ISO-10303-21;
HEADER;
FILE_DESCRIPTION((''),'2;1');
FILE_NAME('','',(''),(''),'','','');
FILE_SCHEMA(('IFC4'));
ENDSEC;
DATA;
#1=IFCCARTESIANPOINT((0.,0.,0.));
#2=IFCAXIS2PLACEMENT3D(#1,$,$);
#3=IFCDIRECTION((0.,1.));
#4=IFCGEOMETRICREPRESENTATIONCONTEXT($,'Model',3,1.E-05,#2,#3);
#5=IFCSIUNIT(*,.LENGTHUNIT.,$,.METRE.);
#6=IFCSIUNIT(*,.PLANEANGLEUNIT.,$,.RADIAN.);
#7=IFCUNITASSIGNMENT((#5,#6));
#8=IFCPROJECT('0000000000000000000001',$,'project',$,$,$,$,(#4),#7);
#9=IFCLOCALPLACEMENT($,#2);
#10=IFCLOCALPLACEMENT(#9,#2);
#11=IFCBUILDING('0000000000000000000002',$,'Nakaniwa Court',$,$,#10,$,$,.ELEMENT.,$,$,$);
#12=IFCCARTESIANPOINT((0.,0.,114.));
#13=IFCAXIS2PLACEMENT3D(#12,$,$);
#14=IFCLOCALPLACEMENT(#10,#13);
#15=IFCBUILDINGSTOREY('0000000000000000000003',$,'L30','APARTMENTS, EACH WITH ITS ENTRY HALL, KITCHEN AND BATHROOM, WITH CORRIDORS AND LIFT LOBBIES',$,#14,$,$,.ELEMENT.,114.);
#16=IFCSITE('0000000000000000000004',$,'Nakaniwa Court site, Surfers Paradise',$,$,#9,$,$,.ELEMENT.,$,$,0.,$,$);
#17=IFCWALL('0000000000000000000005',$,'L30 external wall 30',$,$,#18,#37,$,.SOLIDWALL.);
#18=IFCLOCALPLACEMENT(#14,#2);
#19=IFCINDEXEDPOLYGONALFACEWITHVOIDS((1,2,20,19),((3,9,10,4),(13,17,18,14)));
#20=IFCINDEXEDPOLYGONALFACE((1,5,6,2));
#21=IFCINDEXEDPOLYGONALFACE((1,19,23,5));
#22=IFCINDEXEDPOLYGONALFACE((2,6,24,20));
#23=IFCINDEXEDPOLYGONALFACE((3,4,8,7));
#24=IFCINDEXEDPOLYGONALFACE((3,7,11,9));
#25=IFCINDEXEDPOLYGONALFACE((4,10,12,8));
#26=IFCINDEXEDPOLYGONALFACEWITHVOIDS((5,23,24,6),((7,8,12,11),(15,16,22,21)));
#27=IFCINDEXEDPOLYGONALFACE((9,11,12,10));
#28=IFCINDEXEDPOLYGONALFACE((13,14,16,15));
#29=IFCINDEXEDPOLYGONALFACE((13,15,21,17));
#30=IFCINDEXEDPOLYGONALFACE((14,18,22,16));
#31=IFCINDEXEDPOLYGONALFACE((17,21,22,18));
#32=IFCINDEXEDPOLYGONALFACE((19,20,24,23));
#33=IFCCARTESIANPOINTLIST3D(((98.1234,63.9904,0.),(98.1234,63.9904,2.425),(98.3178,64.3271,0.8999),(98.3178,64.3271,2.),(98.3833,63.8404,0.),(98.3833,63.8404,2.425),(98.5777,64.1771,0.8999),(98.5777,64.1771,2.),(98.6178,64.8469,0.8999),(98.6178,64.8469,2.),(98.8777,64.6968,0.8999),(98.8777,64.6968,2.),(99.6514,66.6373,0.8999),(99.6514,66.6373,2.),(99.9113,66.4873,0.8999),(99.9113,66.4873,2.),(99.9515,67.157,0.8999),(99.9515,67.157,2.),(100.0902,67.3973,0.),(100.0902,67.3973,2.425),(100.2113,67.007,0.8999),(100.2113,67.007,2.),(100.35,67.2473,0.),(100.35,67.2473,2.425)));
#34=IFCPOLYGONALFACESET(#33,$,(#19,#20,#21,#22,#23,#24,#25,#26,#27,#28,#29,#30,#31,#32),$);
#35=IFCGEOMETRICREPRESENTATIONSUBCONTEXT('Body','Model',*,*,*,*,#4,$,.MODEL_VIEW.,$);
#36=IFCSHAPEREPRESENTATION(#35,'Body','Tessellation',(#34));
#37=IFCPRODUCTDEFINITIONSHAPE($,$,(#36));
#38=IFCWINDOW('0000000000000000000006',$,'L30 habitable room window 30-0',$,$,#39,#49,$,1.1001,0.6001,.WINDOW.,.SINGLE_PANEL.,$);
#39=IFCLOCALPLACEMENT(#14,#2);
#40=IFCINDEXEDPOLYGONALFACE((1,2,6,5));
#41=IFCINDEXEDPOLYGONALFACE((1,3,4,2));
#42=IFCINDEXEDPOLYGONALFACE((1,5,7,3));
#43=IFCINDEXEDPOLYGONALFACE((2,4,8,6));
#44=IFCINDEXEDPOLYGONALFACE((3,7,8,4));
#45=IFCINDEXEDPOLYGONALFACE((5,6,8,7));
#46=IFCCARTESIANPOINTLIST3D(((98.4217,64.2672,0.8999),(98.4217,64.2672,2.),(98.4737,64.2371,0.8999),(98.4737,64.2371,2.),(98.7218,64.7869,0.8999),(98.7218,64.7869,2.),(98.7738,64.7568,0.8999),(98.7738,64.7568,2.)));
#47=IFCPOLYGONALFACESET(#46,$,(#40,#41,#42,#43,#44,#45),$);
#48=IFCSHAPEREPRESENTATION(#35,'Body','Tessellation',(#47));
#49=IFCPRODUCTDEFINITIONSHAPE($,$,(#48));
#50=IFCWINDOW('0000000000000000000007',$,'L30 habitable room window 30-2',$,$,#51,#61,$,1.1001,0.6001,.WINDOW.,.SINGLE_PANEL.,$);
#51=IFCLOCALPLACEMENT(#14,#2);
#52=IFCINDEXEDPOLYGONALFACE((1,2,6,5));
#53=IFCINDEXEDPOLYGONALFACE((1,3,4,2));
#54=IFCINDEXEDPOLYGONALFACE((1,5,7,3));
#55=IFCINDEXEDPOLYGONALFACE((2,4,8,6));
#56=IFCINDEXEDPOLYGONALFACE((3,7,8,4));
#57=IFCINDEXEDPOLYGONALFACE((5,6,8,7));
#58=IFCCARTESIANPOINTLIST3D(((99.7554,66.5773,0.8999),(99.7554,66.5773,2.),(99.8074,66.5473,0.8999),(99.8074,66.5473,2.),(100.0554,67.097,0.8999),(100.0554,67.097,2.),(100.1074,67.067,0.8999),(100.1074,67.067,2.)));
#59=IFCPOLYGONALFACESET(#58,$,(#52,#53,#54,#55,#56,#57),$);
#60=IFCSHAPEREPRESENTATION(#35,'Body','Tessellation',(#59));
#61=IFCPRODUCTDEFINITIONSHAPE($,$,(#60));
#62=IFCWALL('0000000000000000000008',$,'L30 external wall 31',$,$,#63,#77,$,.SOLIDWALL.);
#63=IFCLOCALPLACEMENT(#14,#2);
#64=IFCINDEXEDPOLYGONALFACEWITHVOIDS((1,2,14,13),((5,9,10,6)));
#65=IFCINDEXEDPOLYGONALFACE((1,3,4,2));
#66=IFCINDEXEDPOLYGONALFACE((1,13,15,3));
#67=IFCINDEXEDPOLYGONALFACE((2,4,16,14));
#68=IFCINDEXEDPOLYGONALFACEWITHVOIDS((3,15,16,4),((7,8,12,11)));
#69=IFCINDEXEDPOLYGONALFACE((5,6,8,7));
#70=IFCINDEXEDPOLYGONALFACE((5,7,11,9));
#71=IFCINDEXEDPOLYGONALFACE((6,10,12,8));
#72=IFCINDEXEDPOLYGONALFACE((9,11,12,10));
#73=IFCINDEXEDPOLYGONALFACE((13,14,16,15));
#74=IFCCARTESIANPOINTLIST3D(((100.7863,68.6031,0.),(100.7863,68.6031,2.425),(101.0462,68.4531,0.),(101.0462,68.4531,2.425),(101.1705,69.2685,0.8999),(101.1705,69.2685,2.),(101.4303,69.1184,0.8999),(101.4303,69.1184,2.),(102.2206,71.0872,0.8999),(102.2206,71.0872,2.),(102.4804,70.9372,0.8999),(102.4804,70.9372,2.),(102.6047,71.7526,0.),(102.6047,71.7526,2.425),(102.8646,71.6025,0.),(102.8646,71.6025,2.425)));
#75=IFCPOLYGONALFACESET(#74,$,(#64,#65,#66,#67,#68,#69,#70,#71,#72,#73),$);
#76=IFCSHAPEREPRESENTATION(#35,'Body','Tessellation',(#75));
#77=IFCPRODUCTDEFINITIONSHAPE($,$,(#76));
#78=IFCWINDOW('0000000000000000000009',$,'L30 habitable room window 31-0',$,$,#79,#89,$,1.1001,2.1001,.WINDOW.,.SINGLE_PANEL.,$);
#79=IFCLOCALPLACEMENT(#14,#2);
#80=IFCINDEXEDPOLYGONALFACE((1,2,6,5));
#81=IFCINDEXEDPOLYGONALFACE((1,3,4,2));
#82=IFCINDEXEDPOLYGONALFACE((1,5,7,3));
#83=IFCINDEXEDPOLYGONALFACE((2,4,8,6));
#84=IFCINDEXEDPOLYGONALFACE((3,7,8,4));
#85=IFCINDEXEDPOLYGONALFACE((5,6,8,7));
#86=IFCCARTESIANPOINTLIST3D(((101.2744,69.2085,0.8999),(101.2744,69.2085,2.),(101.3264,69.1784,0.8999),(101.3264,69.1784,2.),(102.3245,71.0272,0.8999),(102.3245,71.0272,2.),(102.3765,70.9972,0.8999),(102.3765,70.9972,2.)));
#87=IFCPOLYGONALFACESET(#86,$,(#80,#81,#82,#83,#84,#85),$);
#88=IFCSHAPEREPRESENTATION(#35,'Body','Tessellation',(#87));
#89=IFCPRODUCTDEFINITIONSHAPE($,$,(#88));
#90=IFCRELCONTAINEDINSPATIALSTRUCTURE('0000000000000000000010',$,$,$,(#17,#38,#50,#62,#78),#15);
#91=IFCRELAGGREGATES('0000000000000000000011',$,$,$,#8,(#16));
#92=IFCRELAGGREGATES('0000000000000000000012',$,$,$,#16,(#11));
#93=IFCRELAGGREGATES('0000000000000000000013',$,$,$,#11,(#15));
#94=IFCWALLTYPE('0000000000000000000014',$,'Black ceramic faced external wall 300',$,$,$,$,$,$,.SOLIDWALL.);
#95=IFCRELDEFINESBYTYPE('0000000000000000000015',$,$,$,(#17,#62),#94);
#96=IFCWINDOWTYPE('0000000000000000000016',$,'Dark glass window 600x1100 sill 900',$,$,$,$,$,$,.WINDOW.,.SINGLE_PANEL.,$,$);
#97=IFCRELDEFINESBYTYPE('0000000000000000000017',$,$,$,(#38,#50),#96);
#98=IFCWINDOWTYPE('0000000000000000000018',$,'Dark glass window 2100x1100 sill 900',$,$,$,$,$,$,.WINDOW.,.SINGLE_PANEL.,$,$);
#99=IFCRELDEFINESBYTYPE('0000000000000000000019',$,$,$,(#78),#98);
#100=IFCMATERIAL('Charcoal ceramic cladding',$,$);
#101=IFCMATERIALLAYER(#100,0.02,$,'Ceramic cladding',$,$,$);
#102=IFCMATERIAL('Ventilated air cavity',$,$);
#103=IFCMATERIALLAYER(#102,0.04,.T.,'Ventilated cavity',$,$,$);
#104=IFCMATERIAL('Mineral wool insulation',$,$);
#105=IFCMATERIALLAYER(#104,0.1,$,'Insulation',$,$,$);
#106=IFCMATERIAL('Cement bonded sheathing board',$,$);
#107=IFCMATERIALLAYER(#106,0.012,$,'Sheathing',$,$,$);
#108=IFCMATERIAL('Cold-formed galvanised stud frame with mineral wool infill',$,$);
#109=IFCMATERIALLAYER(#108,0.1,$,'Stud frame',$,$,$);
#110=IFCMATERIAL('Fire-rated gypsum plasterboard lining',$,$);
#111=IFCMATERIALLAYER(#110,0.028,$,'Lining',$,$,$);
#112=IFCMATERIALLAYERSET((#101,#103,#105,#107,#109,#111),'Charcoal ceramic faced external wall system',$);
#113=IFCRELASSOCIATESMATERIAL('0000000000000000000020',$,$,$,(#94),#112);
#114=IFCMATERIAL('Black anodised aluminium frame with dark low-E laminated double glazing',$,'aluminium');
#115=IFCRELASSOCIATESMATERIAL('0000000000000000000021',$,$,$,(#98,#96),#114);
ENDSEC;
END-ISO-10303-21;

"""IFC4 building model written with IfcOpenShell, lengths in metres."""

from ifc_helpers import new_model, si_unit, direction, frame, frame_2d, origin, place, context, subcontext, project, spatial, rectangle, extrude, material, layer, layer_set, type_object, element, fill, save


model = new_model("IFC4")

# Units and contexts
model_context = context("Model", 3, precision=1e-05, world=origin(), true_north=direction((0.0, 1.0)))
body_context = subcontext(model_context, "Body", "Model", "MODEL_VIEW")
ifc_project = project(units=[si_unit("LENGTHUNIT", "METRE"), si_unit("PLANEANGLEUNIT", "RADIAN")], contexts=[model_context])

# Site, building, storey
site_placement = place(None, origin())
site = spatial("IfcSite", under=ifc_project, at=site_placement, Name="Nakaniwa Court site, Surfers Paradise", CompositionType="ELEMENT", RefElevation=0.0)
building_placement = place(site_placement, origin())
building = spatial("IfcBuilding", under=site, at=building_placement, Name="Nakaniwa Court", CompositionType="ELEMENT")
storey_placement = place(building_placement, frame((0.0, 0.0, 114.0)))
storey = spatial("IfcBuildingStorey", under=building, at=storey_placement, Name="L30", Description="APARTMENTS, EACH WITH ITS ENTRY HALL, KITCHEN AND BATHROOM, WITH CORRIDORS AND LIFT LOBBIES", CompositionType="ELEMENT", Elevation=114.0)

# Shared definitions
ifc_material_1 = material(Name="Charcoal ceramic cladding")
ifc_layer_1 = layer(ifc_material_1, 0.02, Name="Ceramic cladding")
ifc_material_2 = material(Name="Ventilated air cavity")
ifc_layer_2 = layer(ifc_material_2, 0.04, ventilated=True, Name="Ventilated cavity")
ifc_material_3 = material(Name="Mineral wool insulation")
ifc_layer_3 = layer(ifc_material_3, 0.1, Name="Insulation")
ifc_material_4 = material(Name="Cement bonded sheathing board")
ifc_layer_4 = layer(ifc_material_4, 0.012, Name="Sheathing")
ifc_material_5 = material(Name="Cold-formed galvanised stud frame with mineral wool infill")
ifc_layer_5 = layer(ifc_material_5, 0.1, Name="Stud frame")
ifc_material_6 = material(Name="Fire-rated gypsum plasterboard lining")
ifc_layer_6 = layer(ifc_material_6, 0.028, Name="Lining")
ifc_layer_set_1 = layer_set([ifc_layer_1, ifc_layer_2, ifc_layer_3, ifc_layer_4, ifc_layer_5, ifc_layer_6], Name="Charcoal ceramic faced external wall system")
wall_type_1 = type_object("IfcWallType", Name="Black ceramic faced external wall 300", PredefinedType="SOLIDWALL", material=ifc_layer_set_1)
ifc_material_7 = material(Name="Black anodised aluminium frame with dark low-E laminated double glazing", Category="aluminium")
window_type_1 = type_object("IfcWindowType", Name="Dark glass window 2100x1100 sill 900", PartitioningType="SINGLE_PANEL", PredefinedType="WINDOW", material=ifc_material_7)

# Wall, openings, windows
wall_1_placement = place(storey_placement, frame((98.2534, 63.9155, 0.0), z_axis=(0.0, 0.0, 1.0), x_axis=(0.499957, 0.86605, 0.0)))
wall_1 = element("IfcWall", 1, at=wall_1_placement, inside=storey, type_object=wall_type_1, Name="L30 external wall 30", PredefinedType="SOLIDWALL", context=body_context, shape_type="SweptSolid", body=[
    extrude(rectangle(XDim=3.9338, YDim=0.3, at=frame_2d((1.9668, 0.0))), origin(), (0.0, 0.0, 1.0), 2.425),
])
opening_1_placement = place(wall_1_placement, frame((0.3887, 0.0, 0.8999)))
opening_1 = element("IfcOpeningElement", 2, at=opening_1_placement, cuts=wall_1, PredefinedType="OPENING", context=body_context, shape_type="SweptSolid", body=[
    extrude(rectangle(XDim=0.6001, YDim=1.1001, at=frame_2d((0.3, 0.55))), frame((0.0, 0.1599, 0.0), z_axis=(0.0, -1.0, 0.0), x_axis=(1.0, 0.0, 0.0)), (0.0, 0.0, 1.0), 0.3201),
])
opening_2_placement = place(wall_1_placement, frame((3.0562, 0.0, 0.8999)))
opening_2 = element("IfcOpeningElement", 3, at=opening_2_placement, cuts=wall_1, PredefinedType="OPENING", context=body_context, shape_type="SweptSolid", body=[
    extrude(rectangle(XDim=0.6001, YDim=1.1001, at=frame_2d((0.3, 0.55))), frame((0.0, 0.1599, 0.0), z_axis=(0.0, -1.0, 0.0), x_axis=(1.0, 0.0, 0.0)), (0.0, 0.0, 1.0), 0.3201),
])
window_type_2 = type_object("IfcWindowType", Name="Dark glass window 600x1100 sill 900", PartitioningType="SINGLE_PANEL", PredefinedType="WINDOW", material=ifc_material_7)
window_1_placement = place(opening_1_placement, origin())
window_1 = element("IfcWindow", 4, at=window_1_placement, inside=storey, type_object=window_type_2, Name="L30 habitable room window 30-0", OverallHeight=1.1001, OverallWidth=0.6001, PartitioningType="SINGLE_PANEL", PredefinedType="WINDOW", context=body_context, shape_type="SweptSolid", body=[
    extrude(rectangle(XDim=0.6001, YDim=1.1001, at=frame_2d((0.3, 0.55))), frame((0.0, 0.03, 0.0), z_axis=(0.0, -1.0, 0.0), x_axis=(1.0, 0.0, 0.0)), (0.0, 0.0, 1.0), 0.0601),
])
fill(opening_1, window_1)
window_2_placement = place(opening_2_placement, origin())
window_2 = element("IfcWindow", 5, at=window_2_placement, inside=storey, type_object=window_type_2, Name="L30 habitable room window 30-2", OverallHeight=1.1001, OverallWidth=0.6001, PartitioningType="SINGLE_PANEL", PredefinedType="WINDOW", context=body_context, shape_type="SweptSolid", body=[
    extrude(rectangle(XDim=0.6001, YDim=1.1001, at=frame_2d((0.3, 0.55))), frame((0.0, 0.03, 0.0), z_axis=(0.0, -1.0, 0.0), x_axis=(1.0, 0.0, 0.0)), (0.0, 0.0, 1.0), 0.0601),
])
fill(opening_2, window_2)

# Wall, opening, window
wall_2_placement = place(storey_placement, frame((100.9163, 68.5281, 0.0), z_axis=(0.0, 0.0, 1.0), x_axis=(0.500009, 0.86602, 0.0)))
wall_2 = element("IfcWall", 6, at=wall_2_placement, inside=storey, type_object=wall_type_1, Name="L30 external wall 31", PredefinedType="SOLIDWALL", context=body_context, shape_type="SweptSolid", body=[
    extrude(rectangle(XDim=3.6367, YDim=0.3, at=frame_2d((1.8184, 0.0))), origin(), (0.0, 0.0, 1.0), 2.425),
])
opening_3_placement = place(wall_2_placement, frame((0.7683, 0.0, 0.8999)))
opening_3 = element("IfcOpeningElement", 7, at=opening_3_placement, cuts=wall_2, PredefinedType="OPENING", context=body_context, shape_type="SweptSolid", body=[
    extrude(rectangle(XDim=2.1001, YDim=1.1001, at=frame_2d((1.05, 0.55))), frame((0.0, 0.1599, 0.0), z_axis=(0.0, -1.0, 0.0), x_axis=(1.0, 0.0, 0.0)), (0.0, 0.0, 1.0), 0.3201),
])
window_3_placement = place(opening_3_placement, origin())
window_3 = element("IfcWindow", 8, at=window_3_placement, inside=storey, type_object=window_type_1, Name="L30 habitable room window 31-0", OverallHeight=1.1001, OverallWidth=2.1001, PartitioningType="SINGLE_PANEL", PredefinedType="WINDOW", context=body_context, shape_type="SweptSolid", body=[
    extrude(rectangle(XDim=2.1001, YDim=1.1001, at=frame_2d((1.05, 0.55))), frame((0.0, 0.03, 0.0), z_axis=(0.0, -1.0, 0.0), x_axis=(1.0, 0.0, 0.0)), (0.0, 0.0, 1.0), 0.0601),
])
fill(opening_3, window_3)

save(model, "model.ifc")
